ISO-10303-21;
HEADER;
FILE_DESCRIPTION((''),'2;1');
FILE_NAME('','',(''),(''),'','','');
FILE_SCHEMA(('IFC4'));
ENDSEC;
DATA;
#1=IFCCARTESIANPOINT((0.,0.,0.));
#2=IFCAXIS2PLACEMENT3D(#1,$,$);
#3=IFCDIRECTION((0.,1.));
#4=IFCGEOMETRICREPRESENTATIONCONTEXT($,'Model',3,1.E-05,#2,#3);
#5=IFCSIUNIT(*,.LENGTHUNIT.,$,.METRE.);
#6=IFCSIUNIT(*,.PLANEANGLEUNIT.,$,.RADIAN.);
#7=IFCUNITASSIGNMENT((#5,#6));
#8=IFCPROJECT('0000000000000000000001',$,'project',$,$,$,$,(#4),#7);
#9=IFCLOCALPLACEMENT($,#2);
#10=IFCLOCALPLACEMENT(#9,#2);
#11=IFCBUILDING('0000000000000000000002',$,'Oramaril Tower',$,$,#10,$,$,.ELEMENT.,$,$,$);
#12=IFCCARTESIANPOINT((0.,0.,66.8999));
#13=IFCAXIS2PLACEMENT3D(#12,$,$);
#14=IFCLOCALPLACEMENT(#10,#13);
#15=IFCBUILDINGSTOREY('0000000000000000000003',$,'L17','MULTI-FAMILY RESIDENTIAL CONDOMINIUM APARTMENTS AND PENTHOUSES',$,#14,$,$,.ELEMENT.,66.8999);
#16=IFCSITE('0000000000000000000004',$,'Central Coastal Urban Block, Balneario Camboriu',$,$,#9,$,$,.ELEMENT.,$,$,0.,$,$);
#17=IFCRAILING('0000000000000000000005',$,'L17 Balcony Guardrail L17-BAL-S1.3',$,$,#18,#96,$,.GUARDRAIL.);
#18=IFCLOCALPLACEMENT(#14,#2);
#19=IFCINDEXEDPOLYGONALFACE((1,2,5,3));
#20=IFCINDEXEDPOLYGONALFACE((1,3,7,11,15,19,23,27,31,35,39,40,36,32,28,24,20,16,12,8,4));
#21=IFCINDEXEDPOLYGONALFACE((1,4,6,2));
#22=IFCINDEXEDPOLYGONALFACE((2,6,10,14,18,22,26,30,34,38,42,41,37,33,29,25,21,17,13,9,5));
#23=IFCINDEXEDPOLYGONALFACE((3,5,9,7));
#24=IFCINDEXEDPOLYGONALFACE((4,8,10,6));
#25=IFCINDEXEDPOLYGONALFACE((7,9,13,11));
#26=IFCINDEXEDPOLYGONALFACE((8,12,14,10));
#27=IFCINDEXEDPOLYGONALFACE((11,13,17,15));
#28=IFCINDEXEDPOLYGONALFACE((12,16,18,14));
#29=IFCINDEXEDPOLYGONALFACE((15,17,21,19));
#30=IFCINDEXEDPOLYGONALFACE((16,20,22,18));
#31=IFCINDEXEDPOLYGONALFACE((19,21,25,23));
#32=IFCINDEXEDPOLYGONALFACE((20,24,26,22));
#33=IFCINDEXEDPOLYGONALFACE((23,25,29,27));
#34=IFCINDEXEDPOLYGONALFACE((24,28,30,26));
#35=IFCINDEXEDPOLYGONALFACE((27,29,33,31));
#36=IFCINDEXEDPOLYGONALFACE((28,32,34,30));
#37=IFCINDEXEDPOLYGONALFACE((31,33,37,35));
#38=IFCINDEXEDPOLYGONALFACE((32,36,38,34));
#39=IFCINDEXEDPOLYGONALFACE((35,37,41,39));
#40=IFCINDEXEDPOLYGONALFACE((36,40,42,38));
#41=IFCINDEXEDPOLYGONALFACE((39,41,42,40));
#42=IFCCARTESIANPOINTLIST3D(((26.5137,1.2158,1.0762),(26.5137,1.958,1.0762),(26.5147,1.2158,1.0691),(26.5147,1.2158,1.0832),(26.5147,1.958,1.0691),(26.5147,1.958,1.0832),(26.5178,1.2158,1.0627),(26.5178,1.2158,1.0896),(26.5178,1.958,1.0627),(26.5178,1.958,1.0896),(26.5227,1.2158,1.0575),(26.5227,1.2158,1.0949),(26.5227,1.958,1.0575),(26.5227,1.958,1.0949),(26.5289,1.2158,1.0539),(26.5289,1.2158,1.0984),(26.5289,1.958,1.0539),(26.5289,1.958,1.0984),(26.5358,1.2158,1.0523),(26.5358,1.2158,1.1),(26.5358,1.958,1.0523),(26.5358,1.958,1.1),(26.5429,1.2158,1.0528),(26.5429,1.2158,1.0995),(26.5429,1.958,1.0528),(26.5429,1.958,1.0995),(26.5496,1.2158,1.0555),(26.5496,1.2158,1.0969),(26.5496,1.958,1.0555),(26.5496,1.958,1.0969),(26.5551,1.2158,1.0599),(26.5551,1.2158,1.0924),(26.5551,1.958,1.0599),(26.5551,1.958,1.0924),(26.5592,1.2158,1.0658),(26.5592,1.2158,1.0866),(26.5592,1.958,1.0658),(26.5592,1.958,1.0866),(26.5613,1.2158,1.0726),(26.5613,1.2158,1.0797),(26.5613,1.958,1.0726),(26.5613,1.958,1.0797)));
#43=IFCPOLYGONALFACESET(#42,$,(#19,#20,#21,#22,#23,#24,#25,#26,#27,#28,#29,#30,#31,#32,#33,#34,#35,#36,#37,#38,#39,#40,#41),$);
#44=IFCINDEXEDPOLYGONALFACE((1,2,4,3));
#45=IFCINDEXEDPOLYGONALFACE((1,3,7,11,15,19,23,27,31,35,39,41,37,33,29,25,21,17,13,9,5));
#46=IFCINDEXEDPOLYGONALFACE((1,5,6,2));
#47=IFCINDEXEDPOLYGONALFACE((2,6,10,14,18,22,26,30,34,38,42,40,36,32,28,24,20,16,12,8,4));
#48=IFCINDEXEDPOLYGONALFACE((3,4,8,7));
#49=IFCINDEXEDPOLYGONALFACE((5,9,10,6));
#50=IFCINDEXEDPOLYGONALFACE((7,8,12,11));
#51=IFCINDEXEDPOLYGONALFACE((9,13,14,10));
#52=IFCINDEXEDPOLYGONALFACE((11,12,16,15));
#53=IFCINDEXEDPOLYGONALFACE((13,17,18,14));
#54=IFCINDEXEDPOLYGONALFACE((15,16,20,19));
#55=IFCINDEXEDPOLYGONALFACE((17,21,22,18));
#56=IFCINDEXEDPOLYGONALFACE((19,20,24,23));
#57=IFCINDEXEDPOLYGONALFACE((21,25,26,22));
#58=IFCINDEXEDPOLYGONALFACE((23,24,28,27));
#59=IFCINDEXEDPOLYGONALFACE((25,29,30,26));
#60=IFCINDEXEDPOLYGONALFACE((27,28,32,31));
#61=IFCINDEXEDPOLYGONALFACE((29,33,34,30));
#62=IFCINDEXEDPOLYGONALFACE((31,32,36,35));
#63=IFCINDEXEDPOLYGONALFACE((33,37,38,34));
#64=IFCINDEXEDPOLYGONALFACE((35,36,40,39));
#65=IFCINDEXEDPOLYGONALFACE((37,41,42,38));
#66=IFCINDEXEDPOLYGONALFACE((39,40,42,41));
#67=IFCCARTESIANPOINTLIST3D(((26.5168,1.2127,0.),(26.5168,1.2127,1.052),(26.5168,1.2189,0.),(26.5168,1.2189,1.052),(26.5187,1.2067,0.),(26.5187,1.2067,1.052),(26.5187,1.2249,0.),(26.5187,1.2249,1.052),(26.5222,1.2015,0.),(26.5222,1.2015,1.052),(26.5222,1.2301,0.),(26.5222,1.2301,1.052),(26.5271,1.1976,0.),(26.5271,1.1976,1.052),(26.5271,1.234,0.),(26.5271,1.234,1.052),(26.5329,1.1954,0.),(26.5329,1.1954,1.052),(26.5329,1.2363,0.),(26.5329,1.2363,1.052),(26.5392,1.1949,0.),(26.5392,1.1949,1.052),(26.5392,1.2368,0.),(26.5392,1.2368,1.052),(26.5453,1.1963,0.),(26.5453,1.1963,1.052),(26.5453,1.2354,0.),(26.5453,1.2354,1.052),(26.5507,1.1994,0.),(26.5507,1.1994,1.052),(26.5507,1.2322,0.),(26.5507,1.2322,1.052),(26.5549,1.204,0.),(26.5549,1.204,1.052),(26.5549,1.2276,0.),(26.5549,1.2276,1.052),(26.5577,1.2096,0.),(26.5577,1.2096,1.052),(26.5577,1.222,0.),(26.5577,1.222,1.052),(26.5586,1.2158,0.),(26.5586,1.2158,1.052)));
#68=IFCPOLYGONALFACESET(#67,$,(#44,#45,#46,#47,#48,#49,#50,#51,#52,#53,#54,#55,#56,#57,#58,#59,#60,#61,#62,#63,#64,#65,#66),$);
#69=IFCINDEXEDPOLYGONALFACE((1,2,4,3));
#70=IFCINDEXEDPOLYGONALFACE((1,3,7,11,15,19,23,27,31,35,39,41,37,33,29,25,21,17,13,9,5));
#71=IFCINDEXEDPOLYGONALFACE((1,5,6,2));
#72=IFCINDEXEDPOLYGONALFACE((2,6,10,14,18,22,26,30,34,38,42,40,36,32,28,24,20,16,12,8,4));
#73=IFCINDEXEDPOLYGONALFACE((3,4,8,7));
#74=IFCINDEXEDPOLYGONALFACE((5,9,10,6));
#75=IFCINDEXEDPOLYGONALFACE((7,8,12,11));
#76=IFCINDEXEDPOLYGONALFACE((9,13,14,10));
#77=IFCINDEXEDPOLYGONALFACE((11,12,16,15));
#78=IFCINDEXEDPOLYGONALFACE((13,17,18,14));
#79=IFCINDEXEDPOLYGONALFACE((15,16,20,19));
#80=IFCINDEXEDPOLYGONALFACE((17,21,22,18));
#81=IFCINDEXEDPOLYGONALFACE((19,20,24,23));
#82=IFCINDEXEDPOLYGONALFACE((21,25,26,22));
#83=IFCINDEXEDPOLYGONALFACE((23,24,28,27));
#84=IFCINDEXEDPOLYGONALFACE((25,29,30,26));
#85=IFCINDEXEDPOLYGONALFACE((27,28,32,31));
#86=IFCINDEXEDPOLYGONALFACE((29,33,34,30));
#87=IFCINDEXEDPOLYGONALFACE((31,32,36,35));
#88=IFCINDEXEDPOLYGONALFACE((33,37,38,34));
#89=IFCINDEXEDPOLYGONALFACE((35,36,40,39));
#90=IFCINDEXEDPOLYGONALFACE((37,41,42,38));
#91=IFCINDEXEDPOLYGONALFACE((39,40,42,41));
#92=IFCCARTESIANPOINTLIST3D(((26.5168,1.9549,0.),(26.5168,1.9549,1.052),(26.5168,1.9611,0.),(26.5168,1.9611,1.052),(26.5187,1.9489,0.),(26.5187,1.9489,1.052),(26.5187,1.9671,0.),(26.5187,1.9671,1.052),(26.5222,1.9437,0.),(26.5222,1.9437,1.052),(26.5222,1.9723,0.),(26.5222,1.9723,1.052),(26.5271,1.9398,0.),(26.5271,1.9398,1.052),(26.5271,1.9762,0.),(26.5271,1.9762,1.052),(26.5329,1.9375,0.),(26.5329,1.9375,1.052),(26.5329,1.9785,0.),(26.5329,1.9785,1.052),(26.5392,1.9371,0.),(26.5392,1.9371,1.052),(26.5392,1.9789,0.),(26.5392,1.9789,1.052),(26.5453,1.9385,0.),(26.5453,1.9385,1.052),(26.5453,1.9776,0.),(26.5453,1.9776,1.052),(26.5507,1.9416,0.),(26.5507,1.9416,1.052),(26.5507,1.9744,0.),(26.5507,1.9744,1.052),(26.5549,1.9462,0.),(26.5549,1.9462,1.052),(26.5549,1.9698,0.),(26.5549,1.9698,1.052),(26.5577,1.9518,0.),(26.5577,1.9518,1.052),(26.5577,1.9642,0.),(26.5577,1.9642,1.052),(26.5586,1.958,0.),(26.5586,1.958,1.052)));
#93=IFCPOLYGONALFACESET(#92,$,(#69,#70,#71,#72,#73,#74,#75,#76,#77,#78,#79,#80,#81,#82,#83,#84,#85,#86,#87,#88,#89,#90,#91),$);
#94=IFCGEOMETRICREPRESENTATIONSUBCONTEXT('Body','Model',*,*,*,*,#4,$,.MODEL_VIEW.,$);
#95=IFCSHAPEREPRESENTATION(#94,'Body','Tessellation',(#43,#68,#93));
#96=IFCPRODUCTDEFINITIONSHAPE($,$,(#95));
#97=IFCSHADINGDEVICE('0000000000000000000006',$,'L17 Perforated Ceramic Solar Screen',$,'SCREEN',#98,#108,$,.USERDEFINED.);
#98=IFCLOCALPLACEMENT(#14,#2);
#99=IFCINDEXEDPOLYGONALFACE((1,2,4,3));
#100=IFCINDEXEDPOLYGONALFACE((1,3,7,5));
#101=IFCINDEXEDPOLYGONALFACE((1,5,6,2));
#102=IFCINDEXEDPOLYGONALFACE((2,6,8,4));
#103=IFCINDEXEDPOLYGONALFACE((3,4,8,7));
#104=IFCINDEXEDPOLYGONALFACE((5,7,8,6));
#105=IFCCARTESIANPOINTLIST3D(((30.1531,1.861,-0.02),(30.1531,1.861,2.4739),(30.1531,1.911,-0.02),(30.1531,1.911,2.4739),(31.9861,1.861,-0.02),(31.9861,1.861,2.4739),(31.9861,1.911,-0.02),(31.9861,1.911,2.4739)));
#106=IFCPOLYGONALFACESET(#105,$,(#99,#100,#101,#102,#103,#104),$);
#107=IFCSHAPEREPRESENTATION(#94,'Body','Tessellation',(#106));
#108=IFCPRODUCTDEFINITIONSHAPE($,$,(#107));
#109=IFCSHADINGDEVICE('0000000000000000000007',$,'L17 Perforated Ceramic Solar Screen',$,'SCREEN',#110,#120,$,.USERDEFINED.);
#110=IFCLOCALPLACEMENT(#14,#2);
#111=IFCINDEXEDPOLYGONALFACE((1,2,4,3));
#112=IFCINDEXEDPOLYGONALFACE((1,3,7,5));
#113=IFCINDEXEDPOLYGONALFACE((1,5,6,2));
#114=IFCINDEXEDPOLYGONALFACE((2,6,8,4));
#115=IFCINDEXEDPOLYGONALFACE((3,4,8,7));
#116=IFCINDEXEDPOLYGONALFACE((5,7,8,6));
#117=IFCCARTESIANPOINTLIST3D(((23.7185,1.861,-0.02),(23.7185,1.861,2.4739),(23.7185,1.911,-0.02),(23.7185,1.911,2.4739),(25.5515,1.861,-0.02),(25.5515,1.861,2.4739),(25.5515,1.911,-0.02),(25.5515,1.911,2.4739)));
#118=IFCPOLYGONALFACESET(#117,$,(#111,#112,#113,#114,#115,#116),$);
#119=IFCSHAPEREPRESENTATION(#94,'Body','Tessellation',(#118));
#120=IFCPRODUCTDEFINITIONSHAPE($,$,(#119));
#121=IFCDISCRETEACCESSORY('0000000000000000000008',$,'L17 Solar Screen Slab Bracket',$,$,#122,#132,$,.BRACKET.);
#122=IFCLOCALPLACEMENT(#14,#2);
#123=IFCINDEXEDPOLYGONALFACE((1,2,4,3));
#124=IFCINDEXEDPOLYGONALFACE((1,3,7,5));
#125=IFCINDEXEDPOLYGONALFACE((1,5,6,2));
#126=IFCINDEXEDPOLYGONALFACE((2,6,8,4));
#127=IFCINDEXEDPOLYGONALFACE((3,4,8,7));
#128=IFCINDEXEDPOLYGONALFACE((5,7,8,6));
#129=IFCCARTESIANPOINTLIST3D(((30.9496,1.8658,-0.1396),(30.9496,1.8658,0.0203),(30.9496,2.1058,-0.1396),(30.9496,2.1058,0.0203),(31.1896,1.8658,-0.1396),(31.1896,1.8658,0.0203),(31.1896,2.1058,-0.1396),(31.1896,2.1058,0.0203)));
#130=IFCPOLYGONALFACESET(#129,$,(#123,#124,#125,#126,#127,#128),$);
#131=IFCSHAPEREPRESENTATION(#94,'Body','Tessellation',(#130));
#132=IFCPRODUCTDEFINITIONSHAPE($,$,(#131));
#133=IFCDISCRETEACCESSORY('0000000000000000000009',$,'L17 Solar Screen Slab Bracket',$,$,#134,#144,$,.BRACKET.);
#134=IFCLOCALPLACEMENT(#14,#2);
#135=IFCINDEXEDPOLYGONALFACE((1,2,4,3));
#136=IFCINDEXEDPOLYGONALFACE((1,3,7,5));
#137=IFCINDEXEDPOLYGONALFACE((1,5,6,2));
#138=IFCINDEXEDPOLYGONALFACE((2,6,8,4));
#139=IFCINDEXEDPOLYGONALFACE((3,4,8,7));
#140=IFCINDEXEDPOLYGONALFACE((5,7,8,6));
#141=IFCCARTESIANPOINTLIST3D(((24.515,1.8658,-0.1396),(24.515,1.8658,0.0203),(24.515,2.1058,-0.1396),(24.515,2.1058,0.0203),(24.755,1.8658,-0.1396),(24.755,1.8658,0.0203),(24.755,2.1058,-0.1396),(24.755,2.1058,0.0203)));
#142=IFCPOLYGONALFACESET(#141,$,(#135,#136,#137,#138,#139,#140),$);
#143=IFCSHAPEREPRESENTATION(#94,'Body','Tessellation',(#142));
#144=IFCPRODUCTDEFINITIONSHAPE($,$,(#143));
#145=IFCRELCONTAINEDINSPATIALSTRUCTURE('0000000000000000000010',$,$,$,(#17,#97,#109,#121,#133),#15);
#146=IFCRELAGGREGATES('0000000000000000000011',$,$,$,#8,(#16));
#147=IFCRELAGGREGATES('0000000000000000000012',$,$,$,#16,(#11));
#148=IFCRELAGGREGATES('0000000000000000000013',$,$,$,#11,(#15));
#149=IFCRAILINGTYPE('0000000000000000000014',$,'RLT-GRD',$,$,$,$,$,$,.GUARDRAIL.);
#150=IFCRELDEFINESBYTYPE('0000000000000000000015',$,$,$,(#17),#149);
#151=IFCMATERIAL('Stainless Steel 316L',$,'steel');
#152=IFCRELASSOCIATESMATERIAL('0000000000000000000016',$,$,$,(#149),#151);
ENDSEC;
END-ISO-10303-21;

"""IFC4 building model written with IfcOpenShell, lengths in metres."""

from ifc_helpers import new_model, si_unit, direction, frame, origin, origin_2d, place, context, subcontext, project, spatial, rectangle, circle, extrude, material, type_object, element, save


model = new_model("IFC4")

# Units and contexts
model_context = context("Model", 3, precision=1e-05, world=origin(), true_north=direction((0.0, 1.0)))
body_context = subcontext(model_context, "Body", "Model", "MODEL_VIEW")
ifc_project = project(units=[si_unit("LENGTHUNIT", "METRE"), si_unit("PLANEANGLEUNIT", "RADIAN")], contexts=[model_context])

# Site, building, storey
site_placement = place(None, origin())
site = spatial("IfcSite", under=ifc_project, at=site_placement, Name="Central Coastal Urban Block, Balneario Camboriu", CompositionType="ELEMENT", RefElevation=0.0)
building_placement = place(site_placement, origin())
building = spatial("IfcBuilding", under=site, at=building_placement, Name="Oramaril Tower", CompositionType="ELEMENT")
storey_placement = place(building_placement, frame((0.0, 0.0, 66.8999)))
storey = spatial("IfcBuildingStorey", under=building, at=storey_placement, Name="L17", Description="MULTI-FAMILY RESIDENTIAL CONDOMINIUM APARTMENTS AND PENTHOUSES", CompositionType="ELEMENT", Elevation=66.8999)

# Railing
ifc_material_1 = material(Name="Stainless Steel 316L", Category="steel")
railing_type = type_object("IfcRailingType", Name="RLT-GRD", PredefinedType="GUARDRAIL", material=ifc_material_1)
railing_1_placement = place(storey_placement, frame((26.5376, 1.2158, 0.0)))
element("IfcRailing", 1, at=railing_1_placement, inside=storey, type_object=railing_type, Name="L17 Balcony Guardrail L17-BAL-S1.3", PredefinedType="GUARDRAIL", context=body_context, shape_type="SweptSolid", body=[
    extrude(circle(Radius=0.0239, at=origin_2d()), frame((0.0, 0.0, 1.0762), z_axis=(0.0, 1.0, 0.0), x_axis=(-1.0, 0.0, 0.0)), (0.0, 0.0, 1.0), 0.7422),
    extrude(circle(Radius=0.021, at=origin_2d()), origin(), (0.0, 0.0, 1.0), 1.052),
    extrude(circle(Radius=0.021, at=origin_2d()), frame((0.0, 0.7422, 0.0)), (0.0, 0.0, 1.0), 1.052),
])

# Shading devices
for number, where, z_axis, x_axis, name in (
    (2, (31.0696, 1.886, -0.02), (0.0, 0.0, 1.0), (1.0, 0.0, 0.0), "L17 Perforated Ceramic Solar Screen"),
    (3, (24.635, 1.886, -0.02), (0.0, 0.0, 1.0), (1.0, 0.0, 0.0), "L17 Perforated Ceramic Solar Screen"),
):
    element("IfcShadingDevice", number, at=place(storey_placement, frame(where, z_axis=z_axis, x_axis=x_axis)), inside=storey, Name=name, ObjectType="SCREEN", PredefinedType="USERDEFINED", context=body_context, shape_type="SweptSolid", body=[
        extrude(rectangle(XDim=1.833, YDim=0.05, at=origin_2d()), origin(), (0.0, 0.0, 1.0), 2.4939),
    ])

# Discrete accessories
for number, where, z_axis, x_axis, name in (
    (4, (31.0696, 1.9858, -0.1396), (0.0, 0.0, 1.0), (1.0, 0.0, 0.0), "L17 Solar Screen Slab Bracket"),
    (5, (24.635, 1.9858, -0.1396), (0.0, 0.0, 1.0), (1.0, 0.0, 0.0), "L17 Solar Screen Slab Bracket"),
):
    element("IfcDiscreteAccessory", number, at=place(storey_placement, frame(where, z_axis=z_axis, x_axis=x_axis)), inside=storey, Name=name, PredefinedType="BRACKET", context=body_context, shape_type="SweptSolid", body=[
        extrude(rectangle(XDim=0.24, YDim=0.24, at=origin_2d()), origin(), (0.0, 0.0, 1.0), 0.1599),
    ])

save(model, "model.ifc")
